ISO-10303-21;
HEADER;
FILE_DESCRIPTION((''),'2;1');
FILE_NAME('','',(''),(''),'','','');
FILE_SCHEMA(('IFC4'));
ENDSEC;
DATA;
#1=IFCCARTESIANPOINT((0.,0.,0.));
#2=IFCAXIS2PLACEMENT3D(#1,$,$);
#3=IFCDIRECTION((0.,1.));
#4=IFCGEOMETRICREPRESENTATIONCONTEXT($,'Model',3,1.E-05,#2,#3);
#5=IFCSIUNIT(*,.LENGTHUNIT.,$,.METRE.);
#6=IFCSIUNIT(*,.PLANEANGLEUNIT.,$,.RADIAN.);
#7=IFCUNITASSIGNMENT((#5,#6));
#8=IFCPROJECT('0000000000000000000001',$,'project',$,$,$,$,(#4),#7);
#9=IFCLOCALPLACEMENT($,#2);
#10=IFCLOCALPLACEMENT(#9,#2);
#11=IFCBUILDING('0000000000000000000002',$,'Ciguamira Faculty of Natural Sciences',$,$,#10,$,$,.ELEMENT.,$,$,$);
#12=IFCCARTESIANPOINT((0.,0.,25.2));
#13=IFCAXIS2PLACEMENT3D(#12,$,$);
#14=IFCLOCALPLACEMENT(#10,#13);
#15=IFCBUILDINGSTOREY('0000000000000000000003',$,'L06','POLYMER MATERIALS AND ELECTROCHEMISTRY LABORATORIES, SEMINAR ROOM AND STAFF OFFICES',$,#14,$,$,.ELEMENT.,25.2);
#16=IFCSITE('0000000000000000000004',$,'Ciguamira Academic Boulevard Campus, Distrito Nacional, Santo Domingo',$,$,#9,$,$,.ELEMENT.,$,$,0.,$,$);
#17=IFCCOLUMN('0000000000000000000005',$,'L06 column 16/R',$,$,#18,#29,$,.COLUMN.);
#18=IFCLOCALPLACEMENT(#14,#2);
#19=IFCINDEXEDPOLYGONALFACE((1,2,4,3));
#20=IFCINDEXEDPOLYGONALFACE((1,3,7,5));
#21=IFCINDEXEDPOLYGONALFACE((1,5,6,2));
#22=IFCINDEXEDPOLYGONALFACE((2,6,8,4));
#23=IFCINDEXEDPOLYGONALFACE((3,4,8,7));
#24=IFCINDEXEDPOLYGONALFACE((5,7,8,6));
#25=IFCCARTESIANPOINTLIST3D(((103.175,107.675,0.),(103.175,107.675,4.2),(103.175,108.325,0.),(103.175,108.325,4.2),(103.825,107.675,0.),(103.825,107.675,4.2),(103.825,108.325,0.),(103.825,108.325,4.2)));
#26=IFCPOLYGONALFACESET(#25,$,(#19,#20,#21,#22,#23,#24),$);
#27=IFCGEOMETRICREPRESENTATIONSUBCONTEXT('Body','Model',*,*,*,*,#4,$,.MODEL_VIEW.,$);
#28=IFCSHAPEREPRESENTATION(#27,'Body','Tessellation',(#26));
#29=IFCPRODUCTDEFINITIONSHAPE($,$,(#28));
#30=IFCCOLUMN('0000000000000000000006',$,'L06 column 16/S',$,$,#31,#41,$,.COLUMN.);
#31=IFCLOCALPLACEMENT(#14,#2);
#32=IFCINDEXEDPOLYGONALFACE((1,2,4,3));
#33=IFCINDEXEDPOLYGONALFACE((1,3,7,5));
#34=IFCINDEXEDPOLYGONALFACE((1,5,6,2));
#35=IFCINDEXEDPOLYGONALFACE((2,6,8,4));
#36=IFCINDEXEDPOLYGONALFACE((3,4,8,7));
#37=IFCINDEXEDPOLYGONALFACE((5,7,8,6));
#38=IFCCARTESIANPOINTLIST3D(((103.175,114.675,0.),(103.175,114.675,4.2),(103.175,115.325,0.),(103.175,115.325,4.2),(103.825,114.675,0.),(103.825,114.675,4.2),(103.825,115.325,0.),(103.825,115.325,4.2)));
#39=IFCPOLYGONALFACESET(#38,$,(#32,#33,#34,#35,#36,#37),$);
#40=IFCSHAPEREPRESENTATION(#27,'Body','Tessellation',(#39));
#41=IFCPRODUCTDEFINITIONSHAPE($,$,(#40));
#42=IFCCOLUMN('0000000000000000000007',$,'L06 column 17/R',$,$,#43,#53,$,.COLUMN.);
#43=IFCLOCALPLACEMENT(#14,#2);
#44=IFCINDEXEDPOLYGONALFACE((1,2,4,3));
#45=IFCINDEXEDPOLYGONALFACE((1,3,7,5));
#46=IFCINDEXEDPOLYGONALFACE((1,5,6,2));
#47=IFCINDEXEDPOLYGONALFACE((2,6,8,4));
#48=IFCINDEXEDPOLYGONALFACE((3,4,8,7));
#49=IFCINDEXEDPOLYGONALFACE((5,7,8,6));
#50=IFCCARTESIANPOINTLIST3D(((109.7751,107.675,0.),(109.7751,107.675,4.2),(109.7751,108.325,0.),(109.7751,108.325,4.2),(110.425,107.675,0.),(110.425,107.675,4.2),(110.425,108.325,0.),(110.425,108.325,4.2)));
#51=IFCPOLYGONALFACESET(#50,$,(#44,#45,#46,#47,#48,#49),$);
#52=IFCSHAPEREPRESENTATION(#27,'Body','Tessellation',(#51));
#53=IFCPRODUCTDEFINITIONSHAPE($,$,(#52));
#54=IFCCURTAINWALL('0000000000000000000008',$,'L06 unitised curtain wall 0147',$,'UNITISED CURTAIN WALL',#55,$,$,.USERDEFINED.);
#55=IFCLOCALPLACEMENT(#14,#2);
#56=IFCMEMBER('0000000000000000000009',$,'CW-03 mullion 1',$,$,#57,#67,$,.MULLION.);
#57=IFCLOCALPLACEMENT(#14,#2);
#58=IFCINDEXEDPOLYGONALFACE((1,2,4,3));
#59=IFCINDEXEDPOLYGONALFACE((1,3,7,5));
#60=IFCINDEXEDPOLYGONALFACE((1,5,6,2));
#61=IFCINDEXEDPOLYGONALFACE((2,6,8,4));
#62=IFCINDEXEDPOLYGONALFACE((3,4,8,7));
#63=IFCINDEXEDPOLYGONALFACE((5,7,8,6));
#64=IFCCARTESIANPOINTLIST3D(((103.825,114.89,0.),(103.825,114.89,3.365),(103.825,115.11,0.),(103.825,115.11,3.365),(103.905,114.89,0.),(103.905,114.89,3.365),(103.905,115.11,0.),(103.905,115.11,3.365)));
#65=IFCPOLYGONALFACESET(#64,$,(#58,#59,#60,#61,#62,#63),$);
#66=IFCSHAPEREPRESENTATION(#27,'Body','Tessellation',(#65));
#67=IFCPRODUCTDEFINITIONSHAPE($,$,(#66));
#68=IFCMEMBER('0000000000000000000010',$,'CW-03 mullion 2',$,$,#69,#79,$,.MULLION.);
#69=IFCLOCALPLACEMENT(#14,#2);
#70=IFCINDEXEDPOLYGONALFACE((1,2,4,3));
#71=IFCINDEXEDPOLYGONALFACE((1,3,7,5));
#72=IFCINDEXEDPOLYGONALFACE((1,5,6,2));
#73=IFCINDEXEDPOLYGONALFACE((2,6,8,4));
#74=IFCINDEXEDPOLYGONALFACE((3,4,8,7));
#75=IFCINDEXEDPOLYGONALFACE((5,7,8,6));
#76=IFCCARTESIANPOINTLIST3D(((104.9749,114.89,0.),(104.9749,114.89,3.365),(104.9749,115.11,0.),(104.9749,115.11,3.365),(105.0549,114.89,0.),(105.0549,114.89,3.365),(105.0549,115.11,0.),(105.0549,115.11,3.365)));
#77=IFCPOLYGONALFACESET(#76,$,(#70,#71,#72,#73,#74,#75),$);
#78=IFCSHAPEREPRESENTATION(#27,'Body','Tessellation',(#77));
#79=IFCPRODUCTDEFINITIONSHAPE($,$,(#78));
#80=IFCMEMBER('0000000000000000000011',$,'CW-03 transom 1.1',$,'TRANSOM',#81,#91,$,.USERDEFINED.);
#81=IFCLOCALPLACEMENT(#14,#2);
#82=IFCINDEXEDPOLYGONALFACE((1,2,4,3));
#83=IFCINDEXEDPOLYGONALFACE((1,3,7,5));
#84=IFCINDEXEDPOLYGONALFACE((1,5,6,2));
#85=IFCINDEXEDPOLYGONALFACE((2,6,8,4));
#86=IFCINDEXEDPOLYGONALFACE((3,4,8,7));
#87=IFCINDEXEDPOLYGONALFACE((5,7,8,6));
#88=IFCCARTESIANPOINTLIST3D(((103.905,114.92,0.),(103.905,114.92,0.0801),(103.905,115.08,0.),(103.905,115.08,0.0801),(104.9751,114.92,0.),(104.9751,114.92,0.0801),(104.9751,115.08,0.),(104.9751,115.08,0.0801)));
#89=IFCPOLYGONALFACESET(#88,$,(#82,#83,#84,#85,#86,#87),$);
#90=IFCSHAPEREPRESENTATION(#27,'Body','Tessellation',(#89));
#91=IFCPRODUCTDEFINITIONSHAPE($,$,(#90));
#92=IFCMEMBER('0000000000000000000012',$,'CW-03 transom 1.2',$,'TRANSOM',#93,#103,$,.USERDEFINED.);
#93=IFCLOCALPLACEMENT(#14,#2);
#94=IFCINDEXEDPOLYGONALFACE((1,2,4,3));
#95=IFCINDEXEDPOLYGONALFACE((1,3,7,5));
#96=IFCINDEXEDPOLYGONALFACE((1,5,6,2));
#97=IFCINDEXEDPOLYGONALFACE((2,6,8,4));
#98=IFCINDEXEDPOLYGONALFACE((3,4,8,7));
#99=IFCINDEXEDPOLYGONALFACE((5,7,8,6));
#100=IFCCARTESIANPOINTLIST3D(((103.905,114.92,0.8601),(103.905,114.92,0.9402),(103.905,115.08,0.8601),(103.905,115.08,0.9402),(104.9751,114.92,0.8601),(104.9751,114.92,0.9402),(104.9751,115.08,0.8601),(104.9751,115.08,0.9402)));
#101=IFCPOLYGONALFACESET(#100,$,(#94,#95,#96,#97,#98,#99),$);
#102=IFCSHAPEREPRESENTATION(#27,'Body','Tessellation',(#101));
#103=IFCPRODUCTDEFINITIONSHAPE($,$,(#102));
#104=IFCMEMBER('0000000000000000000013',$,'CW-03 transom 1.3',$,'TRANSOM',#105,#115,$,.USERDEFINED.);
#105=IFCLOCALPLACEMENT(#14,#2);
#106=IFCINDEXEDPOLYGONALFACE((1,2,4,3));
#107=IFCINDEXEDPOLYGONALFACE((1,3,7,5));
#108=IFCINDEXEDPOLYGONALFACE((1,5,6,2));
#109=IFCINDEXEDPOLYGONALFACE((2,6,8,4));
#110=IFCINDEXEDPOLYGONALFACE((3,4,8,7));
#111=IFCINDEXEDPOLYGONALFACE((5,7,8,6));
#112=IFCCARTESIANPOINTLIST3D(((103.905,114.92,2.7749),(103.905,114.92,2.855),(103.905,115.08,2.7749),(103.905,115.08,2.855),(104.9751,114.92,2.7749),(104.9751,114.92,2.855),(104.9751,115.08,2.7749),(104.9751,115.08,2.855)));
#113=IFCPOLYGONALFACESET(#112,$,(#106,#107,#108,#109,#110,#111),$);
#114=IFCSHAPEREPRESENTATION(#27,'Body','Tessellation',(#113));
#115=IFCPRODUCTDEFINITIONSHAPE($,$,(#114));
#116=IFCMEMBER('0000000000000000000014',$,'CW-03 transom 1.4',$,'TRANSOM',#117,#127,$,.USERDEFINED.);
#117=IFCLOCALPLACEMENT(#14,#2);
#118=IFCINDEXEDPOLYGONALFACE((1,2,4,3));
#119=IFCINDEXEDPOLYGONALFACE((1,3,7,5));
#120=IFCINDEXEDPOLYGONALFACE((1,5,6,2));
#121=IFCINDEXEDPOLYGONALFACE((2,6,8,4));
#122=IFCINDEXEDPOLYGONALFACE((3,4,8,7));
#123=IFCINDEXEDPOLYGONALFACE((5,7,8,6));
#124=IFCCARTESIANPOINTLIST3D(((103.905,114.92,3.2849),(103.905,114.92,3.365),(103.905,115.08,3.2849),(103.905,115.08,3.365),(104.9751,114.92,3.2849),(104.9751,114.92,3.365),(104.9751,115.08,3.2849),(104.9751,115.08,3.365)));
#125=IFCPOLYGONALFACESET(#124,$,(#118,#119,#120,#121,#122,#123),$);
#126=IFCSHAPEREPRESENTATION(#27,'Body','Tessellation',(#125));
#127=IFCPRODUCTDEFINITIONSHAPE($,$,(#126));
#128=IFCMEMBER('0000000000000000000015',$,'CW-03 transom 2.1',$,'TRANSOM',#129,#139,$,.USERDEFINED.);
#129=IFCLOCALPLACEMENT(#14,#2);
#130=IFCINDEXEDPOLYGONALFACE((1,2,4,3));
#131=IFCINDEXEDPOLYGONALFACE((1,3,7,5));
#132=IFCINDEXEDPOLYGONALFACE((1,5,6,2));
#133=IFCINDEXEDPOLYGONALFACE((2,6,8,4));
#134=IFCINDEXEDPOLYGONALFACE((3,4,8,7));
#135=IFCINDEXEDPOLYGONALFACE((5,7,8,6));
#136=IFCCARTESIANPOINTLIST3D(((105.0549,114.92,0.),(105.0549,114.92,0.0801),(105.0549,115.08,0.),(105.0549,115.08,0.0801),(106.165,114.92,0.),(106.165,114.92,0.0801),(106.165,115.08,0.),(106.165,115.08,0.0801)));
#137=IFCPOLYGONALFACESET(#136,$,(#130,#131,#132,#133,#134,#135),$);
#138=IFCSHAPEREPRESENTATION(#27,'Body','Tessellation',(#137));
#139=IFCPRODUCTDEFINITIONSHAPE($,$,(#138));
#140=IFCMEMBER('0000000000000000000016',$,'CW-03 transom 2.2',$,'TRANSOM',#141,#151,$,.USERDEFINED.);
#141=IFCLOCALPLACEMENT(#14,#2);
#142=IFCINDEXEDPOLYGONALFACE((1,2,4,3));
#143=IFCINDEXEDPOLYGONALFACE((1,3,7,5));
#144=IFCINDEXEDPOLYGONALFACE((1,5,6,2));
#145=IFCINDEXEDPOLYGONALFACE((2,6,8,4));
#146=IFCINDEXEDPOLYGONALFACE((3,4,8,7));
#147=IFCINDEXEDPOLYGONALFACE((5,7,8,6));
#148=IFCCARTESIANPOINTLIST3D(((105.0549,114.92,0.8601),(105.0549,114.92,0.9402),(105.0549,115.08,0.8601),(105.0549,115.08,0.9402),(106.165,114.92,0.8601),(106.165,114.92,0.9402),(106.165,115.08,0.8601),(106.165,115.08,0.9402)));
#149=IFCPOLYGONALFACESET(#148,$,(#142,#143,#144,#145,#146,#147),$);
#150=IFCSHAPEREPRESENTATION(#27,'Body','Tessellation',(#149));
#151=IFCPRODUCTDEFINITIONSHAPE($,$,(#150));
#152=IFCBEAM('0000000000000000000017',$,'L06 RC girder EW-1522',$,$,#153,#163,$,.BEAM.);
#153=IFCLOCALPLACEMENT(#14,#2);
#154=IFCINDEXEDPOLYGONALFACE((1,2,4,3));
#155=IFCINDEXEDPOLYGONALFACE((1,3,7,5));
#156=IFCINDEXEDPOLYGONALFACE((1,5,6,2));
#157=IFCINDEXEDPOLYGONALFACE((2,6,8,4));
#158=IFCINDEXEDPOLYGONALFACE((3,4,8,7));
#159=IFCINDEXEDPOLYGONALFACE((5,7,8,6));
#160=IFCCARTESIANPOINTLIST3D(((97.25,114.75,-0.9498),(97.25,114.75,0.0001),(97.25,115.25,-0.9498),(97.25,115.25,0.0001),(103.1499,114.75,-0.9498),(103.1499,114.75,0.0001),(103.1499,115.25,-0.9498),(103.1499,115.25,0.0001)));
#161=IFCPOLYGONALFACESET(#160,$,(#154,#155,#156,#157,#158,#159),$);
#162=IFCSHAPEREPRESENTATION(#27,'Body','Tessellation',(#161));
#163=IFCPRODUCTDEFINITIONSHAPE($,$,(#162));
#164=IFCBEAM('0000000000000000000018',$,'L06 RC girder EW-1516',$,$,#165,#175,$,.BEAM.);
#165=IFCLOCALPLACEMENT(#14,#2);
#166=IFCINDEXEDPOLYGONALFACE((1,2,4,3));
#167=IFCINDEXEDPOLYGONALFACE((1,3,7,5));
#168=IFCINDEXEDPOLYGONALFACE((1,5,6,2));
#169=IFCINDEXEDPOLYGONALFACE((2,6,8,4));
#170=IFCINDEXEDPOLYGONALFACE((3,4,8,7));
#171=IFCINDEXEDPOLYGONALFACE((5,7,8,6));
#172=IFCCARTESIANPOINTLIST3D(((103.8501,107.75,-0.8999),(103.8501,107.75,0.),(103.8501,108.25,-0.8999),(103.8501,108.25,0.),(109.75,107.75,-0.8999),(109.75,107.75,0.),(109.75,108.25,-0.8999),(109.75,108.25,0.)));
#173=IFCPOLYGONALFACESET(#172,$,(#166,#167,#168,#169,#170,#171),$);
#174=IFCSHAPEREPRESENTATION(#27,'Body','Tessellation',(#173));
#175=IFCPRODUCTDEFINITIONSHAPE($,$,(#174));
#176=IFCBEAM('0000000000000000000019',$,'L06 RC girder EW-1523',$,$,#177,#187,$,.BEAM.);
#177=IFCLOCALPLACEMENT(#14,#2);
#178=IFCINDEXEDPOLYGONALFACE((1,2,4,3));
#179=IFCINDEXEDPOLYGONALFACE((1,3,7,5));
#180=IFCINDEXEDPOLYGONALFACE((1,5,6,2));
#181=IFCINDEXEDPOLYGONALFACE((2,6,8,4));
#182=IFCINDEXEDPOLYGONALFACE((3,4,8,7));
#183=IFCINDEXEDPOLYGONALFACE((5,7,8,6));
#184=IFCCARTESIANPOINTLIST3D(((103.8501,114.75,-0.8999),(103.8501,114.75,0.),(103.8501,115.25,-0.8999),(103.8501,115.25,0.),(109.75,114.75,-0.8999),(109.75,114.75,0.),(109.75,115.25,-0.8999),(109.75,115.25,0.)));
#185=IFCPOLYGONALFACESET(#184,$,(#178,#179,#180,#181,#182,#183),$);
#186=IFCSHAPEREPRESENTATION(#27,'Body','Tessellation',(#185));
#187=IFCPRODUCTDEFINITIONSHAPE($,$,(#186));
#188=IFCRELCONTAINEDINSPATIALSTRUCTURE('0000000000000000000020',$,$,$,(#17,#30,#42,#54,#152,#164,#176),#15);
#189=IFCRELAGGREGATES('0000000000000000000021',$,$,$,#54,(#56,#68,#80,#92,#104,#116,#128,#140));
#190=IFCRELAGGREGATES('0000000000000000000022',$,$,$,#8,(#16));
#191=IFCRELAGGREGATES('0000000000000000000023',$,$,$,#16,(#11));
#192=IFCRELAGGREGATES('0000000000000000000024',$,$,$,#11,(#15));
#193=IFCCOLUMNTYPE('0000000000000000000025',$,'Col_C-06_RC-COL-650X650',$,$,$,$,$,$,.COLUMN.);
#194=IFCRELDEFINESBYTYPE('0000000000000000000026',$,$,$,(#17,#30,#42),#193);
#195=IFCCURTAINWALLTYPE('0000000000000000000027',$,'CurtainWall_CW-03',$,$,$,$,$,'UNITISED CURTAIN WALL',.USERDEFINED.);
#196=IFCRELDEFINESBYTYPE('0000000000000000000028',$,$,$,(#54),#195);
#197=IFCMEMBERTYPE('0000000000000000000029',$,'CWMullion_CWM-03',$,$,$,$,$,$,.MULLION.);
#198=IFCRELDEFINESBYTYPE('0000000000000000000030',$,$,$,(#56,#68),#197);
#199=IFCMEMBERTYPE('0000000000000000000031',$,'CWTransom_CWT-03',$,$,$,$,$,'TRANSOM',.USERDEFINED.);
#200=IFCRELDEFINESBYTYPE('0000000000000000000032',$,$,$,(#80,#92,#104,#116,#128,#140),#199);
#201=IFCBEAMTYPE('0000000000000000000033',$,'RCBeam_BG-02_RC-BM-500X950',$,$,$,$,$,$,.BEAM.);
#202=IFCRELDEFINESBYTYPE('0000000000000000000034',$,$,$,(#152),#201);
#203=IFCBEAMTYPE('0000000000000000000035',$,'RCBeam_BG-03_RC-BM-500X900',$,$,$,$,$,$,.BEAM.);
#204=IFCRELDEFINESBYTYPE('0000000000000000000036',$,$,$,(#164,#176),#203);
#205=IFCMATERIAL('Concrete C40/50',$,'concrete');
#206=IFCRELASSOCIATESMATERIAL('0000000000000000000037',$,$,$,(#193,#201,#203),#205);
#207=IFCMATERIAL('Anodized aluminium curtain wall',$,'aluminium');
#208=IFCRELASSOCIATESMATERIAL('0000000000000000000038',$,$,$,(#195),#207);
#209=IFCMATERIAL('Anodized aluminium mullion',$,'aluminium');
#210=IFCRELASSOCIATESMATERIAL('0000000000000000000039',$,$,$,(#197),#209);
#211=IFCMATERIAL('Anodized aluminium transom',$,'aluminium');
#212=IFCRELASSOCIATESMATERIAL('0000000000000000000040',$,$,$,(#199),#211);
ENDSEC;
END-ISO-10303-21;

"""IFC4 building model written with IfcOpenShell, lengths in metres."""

from ifc_helpers import new_model, si_unit, direction, frame, origin, origin_2d, place, context, subcontext, project, spatial, rectangle, extrude, material, material_profile, profile_set, type_object, element, aggregate, save


model = new_model("IFC4")

# Units and contexts
model_context = context("Model", 3, precision=1e-05, world=origin(), true_north=direction((0.0, 1.0)))
body_context = subcontext(model_context, "Body", "Model", "MODEL_VIEW")
ifc_project = project(units=[si_unit("LENGTHUNIT", "METRE"), si_unit("PLANEANGLEUNIT", "RADIAN")], contexts=[model_context])

# Site, building, storey
site_placement = place(None, origin())
site = spatial("IfcSite", under=ifc_project, at=site_placement, Name="Ciguamira Academic Boulevard Campus, Distrito Nacional, Santo Domingo", CompositionType="ELEMENT", RefElevation=0.0)
building_placement = place(site_placement, origin())
building = spatial("IfcBuilding", under=site, at=building_placement, Name="Ciguamira Faculty of Natural Sciences", CompositionType="ELEMENT")
storey_placement = place(building_placement, frame((0.0, 0.0, 25.2)))
storey = spatial("IfcBuildingStorey", under=building, at=storey_placement, Name="L06", Description="POLYMER MATERIALS AND ELECTROCHEMISTRY LABORATORIES, SEMINAR ROOM AND STAFF OFFICES", CompositionType="ELEMENT", Elevation=25.2)

# Columns
ifc_material_1 = material(Name="Concrete C40/50", Category="concrete")
ifc_material_profile_1 = material_profile(ifc_material_1, rectangle(XDim=0.6499, YDim=0.6499, at=origin_2d()), Name="RC-COL-650X650")
ifc_profile_set_1 = profile_set([ifc_material_profile_1], Name="Concrete C40/50")
column_type = type_object("IfcColumnType", Name="Col_C-06_RC-COL-650X650", PredefinedType="COLUMN", material=ifc_profile_set_1)
for number, where, z_axis, x_axis, name in (
    (1, (103.5, 108.0, 0.0), (0.0, 0.0, 1.0), (1.0, 0.0, 0.0), "L06 column 16/R"),
    (2, (103.5, 115.0, 0.0), (0.0, 0.0, 1.0), (1.0, 0.0, 0.0), "L06 column 16/S"),
    (3, (110.1001, 108.0, 0.0), (0.0, 0.0, 1.0), (1.0, 0.0, 0.0), "L06 column 17/R"),
):
    element("IfcColumn", number, at=place(storey_placement, frame(where, z_axis=z_axis, x_axis=x_axis)), inside=storey, type_object=column_type, Name=name, PredefinedType="COLUMN", context=body_context, shape_type="SweptSolid", body=[
        extrude(rectangle(XDim=0.6499, YDim=0.6499, at=origin_2d()), origin(), (0.0, 0.0, 1.0), 4.2),
    ])

# Curtain wall, members
ifc_material_2 = material(Name="Anodized aluminium curtain wall", Category="aluminium")
curtain_wall_type = type_object("IfcCurtainWallType", Name="CurtainWall_CW-03", ElementType="UNITISED CURTAIN WALL", PredefinedType="USERDEFINED", material=ifc_material_2)
curtain_wall_placement = place(storey_placement, origin())
curtain_wall = element("IfcCurtainWall", 4, at=curtain_wall_placement, inside=storey, type_object=curtain_wall_type, Name="L06 unitised curtain wall 0147", ObjectType="UNITISED CURTAIN WALL", PredefinedType="USERDEFINED")
ifc_material_3 = material(Name="Anodized aluminium mullion", Category="aluminium")
ifc_material_profile_2 = material_profile(ifc_material_3, rectangle(XDim=0.0801, YDim=0.22, at=origin_2d()), Name="ALU-MUL-80X220")
ifc_profile_set_2 = profile_set([ifc_material_profile_2], Name="Anodized aluminium mullion")
member_type_1 = type_object("IfcMemberType", Name="CWMullion_CWM-03", PredefinedType="MULLION", material=ifc_profile_set_2)
member_1_placement = place(storey_placement, frame((103.865, 115.0, 0.0), z_axis=(0.0, 0.0, 1.0), x_axis=(1.0, 0.0, 0.0)))
member_1 = element("IfcMember", 5, at=member_1_placement, type_object=member_type_1, Name="CW-03 mullion 1", PredefinedType="MULLION", context=body_context, shape_type="SweptSolid", body=[
    extrude(rectangle(XDim=0.0801, YDim=0.22, at=origin_2d()), origin(), (0.0, 0.0, 1.0), 3.365),
])
member_2_placement = place(storey_placement, frame((105.0149, 115.0, 0.0), z_axis=(0.0, 0.0, 1.0), x_axis=(1.0, 0.0, 0.0)))
member_2 = element("IfcMember", 6, at=member_2_placement, type_object=member_type_1, Name="CW-03 mullion 2", PredefinedType="MULLION", context=body_context, shape_type="SweptSolid", body=[
    extrude(rectangle(XDim=0.0801, YDim=0.22, at=origin_2d()), origin(), (0.0, 0.0, 1.0), 3.365),
])
ifc_material_4 = material(Name="Anodized aluminium transom", Category="aluminium")
ifc_material_profile_3 = material_profile(ifc_material_4, rectangle(XDim=0.0801, YDim=0.1599, at=origin_2d()), Name="ALU-TRN-80X160")
ifc_profile_set_3 = profile_set([ifc_material_profile_3], Name="Anodized aluminium transom")
member_type_2 = type_object("IfcMemberType", Name="CWTransom_CWT-03", ElementType="TRANSOM", PredefinedType="USERDEFINED", material=ifc_profile_set_3)
member_3_placement = place(storey_placement, frame((103.905, 115.0, 0.04), z_axis=(1.0, 0.0, 0.0), x_axis=(0.0, 0.0, 1.0)))
member_3 = element("IfcMember", 7, at=member_3_placement, type_object=member_type_2, Name="CW-03 transom 1.1", ObjectType="TRANSOM", PredefinedType="USERDEFINED", context=body_context, shape_type="SweptSolid", body=[
    extrude(rectangle(XDim=0.0801, YDim=0.1599, at=origin_2d()), origin(), (0.0, 0.0, 1.0), 1.0701),
])
member_4_placement = place(storey_placement, frame((103.905, 115.0, 0.9001), z_axis=(1.0, 0.0, 0.0), x_axis=(0.0, 0.0, 1.0)))
member_4 = element("IfcMember", 8, at=member_4_placement, type_object=member_type_2, Name="CW-03 transom 1.2", ObjectType="TRANSOM", PredefinedType="USERDEFINED", context=body_context, shape_type="SweptSolid", body=[
    extrude(rectangle(XDim=0.0801, YDim=0.1599, at=origin_2d()), origin(), (0.0, 0.0, 1.0), 1.0701),
])
member_5_placement = place(storey_placement, frame((103.905, 115.0, 2.8149), z_axis=(1.0, 0.0, 0.0), x_axis=(0.0, 0.0, 1.0)))
member_5 = element("IfcMember", 9, at=member_5_placement, type_object=member_type_2, Name="CW-03 transom 1.3", ObjectType="TRANSOM", PredefinedType="USERDEFINED", context=body_context, shape_type="SweptSolid", body=[
    extrude(rectangle(XDim=0.0801, YDim=0.1599, at=origin_2d()), origin(), (0.0, 0.0, 1.0), 1.0701),
])
member_6_placement = place(storey_placement, frame((103.905, 115.0, 3.325), z_axis=(1.0, 0.0, 0.0), x_axis=(0.0, 0.0, 1.0)))
member_6 = element("IfcMember", 10, at=member_6_placement, type_object=member_type_2, Name="CW-03 transom 1.4", ObjectType="TRANSOM", PredefinedType="USERDEFINED", context=body_context, shape_type="SweptSolid", body=[
    extrude(rectangle(XDim=0.0801, YDim=0.1599, at=origin_2d()), origin(), (0.0, 0.0, 1.0), 1.0701),
])
member_7_placement = place(storey_placement, frame((105.0549, 115.0, 0.04), z_axis=(1.0, 0.0, 0.0), x_axis=(0.0, 0.0, 1.0)))
member_7 = element("IfcMember", 11, at=member_7_placement, type_object=member_type_2, Name="CW-03 transom 2.1", ObjectType="TRANSOM", PredefinedType="USERDEFINED", context=body_context, shape_type="SweptSolid", body=[
    extrude(rectangle(XDim=0.0801, YDim=0.1599, at=origin_2d()), origin(), (0.0, 0.0, 1.0), 1.1101),
])
member_8_placement = place(storey_placement, frame((105.0549, 115.0, 0.9001), z_axis=(1.0, 0.0, 0.0), x_axis=(0.0, 0.0, 1.0)))
member_8 = element("IfcMember", 12, at=member_8_placement, type_object=member_type_2, Name="CW-03 transom 2.2", ObjectType="TRANSOM", PredefinedType="USERDEFINED", context=body_context, shape_type="SweptSolid", body=[
    extrude(rectangle(XDim=0.0801, YDim=0.1599, at=origin_2d()), origin(), (0.0, 0.0, 1.0), 1.1101),
])

# Beams
ifc_material_profile_4 = material_profile(ifc_material_1, rectangle(XDim=0.5, YDim=0.95, at=origin_2d()), Name="RC-BM-500X950")
ifc_profile_set_4 = profile_set([ifc_material_profile_4], Name="Concrete C40/50")
beam_type_1 = type_object("IfcBeamType", Name="RCBeam_BG-02_RC-BM-500X950", PredefinedType="BEAM", material=ifc_profile_set_4)
beam_1_placement = place(storey_placement, frame((97.25, 115.0, -0.4749), z_axis=(1.0, 0.0, 0.0), x_axis=(0.0, 1.0, 0.0)))
element("IfcBeam", 13, at=beam_1_placement, inside=storey, type_object=beam_type_1, Name="L06 RC girder EW-1522", PredefinedType="BEAM", context=body_context, shape_type="SweptSolid", body=[
    extrude(rectangle(XDim=0.5, YDim=0.95, at=origin_2d()), origin(), (0.0, 0.0, 1.0), 5.8999),
])
ifc_material_profile_5 = material_profile(ifc_material_1, rectangle(XDim=0.5, YDim=0.8999, at=origin_2d()), Name="RC-BM-500X900")
ifc_profile_set_5 = profile_set([ifc_material_profile_5], Name="Concrete C40/50")
beam_type_2 = type_object("IfcBeamType", Name="RCBeam_BG-03_RC-BM-500X900", PredefinedType="BEAM", material=ifc_profile_set_5)
for number, where, z_axis, x_axis, name in (
    (14, (103.8501, 108.0, -0.45), (1.0, 0.0, 0.0), (0.0, 1.0, 0.0), "L06 RC girder EW-1516"),
    (15, (103.8501, 115.0, -0.45), (1.0, 0.0, 0.0), (0.0, 1.0, 0.0), "L06 RC girder EW-1523"),
):
    element("IfcBeam", number, at=place(storey_placement, frame(where, z_axis=z_axis, x_axis=x_axis)), inside=storey, type_object=beam_type_2, Name=name, PredefinedType="BEAM", context=body_context, shape_type="SweptSolid", body=[
        extrude(rectangle(XDim=0.5, YDim=0.8999, at=origin_2d()), origin(), (0.0, 0.0, 1.0), 5.8999),
    ])

aggregate(curtain_wall, [member_1, member_2, member_3, member_4, member_5, member_6, member_7, member_8])

save(model, "model.ifc")
